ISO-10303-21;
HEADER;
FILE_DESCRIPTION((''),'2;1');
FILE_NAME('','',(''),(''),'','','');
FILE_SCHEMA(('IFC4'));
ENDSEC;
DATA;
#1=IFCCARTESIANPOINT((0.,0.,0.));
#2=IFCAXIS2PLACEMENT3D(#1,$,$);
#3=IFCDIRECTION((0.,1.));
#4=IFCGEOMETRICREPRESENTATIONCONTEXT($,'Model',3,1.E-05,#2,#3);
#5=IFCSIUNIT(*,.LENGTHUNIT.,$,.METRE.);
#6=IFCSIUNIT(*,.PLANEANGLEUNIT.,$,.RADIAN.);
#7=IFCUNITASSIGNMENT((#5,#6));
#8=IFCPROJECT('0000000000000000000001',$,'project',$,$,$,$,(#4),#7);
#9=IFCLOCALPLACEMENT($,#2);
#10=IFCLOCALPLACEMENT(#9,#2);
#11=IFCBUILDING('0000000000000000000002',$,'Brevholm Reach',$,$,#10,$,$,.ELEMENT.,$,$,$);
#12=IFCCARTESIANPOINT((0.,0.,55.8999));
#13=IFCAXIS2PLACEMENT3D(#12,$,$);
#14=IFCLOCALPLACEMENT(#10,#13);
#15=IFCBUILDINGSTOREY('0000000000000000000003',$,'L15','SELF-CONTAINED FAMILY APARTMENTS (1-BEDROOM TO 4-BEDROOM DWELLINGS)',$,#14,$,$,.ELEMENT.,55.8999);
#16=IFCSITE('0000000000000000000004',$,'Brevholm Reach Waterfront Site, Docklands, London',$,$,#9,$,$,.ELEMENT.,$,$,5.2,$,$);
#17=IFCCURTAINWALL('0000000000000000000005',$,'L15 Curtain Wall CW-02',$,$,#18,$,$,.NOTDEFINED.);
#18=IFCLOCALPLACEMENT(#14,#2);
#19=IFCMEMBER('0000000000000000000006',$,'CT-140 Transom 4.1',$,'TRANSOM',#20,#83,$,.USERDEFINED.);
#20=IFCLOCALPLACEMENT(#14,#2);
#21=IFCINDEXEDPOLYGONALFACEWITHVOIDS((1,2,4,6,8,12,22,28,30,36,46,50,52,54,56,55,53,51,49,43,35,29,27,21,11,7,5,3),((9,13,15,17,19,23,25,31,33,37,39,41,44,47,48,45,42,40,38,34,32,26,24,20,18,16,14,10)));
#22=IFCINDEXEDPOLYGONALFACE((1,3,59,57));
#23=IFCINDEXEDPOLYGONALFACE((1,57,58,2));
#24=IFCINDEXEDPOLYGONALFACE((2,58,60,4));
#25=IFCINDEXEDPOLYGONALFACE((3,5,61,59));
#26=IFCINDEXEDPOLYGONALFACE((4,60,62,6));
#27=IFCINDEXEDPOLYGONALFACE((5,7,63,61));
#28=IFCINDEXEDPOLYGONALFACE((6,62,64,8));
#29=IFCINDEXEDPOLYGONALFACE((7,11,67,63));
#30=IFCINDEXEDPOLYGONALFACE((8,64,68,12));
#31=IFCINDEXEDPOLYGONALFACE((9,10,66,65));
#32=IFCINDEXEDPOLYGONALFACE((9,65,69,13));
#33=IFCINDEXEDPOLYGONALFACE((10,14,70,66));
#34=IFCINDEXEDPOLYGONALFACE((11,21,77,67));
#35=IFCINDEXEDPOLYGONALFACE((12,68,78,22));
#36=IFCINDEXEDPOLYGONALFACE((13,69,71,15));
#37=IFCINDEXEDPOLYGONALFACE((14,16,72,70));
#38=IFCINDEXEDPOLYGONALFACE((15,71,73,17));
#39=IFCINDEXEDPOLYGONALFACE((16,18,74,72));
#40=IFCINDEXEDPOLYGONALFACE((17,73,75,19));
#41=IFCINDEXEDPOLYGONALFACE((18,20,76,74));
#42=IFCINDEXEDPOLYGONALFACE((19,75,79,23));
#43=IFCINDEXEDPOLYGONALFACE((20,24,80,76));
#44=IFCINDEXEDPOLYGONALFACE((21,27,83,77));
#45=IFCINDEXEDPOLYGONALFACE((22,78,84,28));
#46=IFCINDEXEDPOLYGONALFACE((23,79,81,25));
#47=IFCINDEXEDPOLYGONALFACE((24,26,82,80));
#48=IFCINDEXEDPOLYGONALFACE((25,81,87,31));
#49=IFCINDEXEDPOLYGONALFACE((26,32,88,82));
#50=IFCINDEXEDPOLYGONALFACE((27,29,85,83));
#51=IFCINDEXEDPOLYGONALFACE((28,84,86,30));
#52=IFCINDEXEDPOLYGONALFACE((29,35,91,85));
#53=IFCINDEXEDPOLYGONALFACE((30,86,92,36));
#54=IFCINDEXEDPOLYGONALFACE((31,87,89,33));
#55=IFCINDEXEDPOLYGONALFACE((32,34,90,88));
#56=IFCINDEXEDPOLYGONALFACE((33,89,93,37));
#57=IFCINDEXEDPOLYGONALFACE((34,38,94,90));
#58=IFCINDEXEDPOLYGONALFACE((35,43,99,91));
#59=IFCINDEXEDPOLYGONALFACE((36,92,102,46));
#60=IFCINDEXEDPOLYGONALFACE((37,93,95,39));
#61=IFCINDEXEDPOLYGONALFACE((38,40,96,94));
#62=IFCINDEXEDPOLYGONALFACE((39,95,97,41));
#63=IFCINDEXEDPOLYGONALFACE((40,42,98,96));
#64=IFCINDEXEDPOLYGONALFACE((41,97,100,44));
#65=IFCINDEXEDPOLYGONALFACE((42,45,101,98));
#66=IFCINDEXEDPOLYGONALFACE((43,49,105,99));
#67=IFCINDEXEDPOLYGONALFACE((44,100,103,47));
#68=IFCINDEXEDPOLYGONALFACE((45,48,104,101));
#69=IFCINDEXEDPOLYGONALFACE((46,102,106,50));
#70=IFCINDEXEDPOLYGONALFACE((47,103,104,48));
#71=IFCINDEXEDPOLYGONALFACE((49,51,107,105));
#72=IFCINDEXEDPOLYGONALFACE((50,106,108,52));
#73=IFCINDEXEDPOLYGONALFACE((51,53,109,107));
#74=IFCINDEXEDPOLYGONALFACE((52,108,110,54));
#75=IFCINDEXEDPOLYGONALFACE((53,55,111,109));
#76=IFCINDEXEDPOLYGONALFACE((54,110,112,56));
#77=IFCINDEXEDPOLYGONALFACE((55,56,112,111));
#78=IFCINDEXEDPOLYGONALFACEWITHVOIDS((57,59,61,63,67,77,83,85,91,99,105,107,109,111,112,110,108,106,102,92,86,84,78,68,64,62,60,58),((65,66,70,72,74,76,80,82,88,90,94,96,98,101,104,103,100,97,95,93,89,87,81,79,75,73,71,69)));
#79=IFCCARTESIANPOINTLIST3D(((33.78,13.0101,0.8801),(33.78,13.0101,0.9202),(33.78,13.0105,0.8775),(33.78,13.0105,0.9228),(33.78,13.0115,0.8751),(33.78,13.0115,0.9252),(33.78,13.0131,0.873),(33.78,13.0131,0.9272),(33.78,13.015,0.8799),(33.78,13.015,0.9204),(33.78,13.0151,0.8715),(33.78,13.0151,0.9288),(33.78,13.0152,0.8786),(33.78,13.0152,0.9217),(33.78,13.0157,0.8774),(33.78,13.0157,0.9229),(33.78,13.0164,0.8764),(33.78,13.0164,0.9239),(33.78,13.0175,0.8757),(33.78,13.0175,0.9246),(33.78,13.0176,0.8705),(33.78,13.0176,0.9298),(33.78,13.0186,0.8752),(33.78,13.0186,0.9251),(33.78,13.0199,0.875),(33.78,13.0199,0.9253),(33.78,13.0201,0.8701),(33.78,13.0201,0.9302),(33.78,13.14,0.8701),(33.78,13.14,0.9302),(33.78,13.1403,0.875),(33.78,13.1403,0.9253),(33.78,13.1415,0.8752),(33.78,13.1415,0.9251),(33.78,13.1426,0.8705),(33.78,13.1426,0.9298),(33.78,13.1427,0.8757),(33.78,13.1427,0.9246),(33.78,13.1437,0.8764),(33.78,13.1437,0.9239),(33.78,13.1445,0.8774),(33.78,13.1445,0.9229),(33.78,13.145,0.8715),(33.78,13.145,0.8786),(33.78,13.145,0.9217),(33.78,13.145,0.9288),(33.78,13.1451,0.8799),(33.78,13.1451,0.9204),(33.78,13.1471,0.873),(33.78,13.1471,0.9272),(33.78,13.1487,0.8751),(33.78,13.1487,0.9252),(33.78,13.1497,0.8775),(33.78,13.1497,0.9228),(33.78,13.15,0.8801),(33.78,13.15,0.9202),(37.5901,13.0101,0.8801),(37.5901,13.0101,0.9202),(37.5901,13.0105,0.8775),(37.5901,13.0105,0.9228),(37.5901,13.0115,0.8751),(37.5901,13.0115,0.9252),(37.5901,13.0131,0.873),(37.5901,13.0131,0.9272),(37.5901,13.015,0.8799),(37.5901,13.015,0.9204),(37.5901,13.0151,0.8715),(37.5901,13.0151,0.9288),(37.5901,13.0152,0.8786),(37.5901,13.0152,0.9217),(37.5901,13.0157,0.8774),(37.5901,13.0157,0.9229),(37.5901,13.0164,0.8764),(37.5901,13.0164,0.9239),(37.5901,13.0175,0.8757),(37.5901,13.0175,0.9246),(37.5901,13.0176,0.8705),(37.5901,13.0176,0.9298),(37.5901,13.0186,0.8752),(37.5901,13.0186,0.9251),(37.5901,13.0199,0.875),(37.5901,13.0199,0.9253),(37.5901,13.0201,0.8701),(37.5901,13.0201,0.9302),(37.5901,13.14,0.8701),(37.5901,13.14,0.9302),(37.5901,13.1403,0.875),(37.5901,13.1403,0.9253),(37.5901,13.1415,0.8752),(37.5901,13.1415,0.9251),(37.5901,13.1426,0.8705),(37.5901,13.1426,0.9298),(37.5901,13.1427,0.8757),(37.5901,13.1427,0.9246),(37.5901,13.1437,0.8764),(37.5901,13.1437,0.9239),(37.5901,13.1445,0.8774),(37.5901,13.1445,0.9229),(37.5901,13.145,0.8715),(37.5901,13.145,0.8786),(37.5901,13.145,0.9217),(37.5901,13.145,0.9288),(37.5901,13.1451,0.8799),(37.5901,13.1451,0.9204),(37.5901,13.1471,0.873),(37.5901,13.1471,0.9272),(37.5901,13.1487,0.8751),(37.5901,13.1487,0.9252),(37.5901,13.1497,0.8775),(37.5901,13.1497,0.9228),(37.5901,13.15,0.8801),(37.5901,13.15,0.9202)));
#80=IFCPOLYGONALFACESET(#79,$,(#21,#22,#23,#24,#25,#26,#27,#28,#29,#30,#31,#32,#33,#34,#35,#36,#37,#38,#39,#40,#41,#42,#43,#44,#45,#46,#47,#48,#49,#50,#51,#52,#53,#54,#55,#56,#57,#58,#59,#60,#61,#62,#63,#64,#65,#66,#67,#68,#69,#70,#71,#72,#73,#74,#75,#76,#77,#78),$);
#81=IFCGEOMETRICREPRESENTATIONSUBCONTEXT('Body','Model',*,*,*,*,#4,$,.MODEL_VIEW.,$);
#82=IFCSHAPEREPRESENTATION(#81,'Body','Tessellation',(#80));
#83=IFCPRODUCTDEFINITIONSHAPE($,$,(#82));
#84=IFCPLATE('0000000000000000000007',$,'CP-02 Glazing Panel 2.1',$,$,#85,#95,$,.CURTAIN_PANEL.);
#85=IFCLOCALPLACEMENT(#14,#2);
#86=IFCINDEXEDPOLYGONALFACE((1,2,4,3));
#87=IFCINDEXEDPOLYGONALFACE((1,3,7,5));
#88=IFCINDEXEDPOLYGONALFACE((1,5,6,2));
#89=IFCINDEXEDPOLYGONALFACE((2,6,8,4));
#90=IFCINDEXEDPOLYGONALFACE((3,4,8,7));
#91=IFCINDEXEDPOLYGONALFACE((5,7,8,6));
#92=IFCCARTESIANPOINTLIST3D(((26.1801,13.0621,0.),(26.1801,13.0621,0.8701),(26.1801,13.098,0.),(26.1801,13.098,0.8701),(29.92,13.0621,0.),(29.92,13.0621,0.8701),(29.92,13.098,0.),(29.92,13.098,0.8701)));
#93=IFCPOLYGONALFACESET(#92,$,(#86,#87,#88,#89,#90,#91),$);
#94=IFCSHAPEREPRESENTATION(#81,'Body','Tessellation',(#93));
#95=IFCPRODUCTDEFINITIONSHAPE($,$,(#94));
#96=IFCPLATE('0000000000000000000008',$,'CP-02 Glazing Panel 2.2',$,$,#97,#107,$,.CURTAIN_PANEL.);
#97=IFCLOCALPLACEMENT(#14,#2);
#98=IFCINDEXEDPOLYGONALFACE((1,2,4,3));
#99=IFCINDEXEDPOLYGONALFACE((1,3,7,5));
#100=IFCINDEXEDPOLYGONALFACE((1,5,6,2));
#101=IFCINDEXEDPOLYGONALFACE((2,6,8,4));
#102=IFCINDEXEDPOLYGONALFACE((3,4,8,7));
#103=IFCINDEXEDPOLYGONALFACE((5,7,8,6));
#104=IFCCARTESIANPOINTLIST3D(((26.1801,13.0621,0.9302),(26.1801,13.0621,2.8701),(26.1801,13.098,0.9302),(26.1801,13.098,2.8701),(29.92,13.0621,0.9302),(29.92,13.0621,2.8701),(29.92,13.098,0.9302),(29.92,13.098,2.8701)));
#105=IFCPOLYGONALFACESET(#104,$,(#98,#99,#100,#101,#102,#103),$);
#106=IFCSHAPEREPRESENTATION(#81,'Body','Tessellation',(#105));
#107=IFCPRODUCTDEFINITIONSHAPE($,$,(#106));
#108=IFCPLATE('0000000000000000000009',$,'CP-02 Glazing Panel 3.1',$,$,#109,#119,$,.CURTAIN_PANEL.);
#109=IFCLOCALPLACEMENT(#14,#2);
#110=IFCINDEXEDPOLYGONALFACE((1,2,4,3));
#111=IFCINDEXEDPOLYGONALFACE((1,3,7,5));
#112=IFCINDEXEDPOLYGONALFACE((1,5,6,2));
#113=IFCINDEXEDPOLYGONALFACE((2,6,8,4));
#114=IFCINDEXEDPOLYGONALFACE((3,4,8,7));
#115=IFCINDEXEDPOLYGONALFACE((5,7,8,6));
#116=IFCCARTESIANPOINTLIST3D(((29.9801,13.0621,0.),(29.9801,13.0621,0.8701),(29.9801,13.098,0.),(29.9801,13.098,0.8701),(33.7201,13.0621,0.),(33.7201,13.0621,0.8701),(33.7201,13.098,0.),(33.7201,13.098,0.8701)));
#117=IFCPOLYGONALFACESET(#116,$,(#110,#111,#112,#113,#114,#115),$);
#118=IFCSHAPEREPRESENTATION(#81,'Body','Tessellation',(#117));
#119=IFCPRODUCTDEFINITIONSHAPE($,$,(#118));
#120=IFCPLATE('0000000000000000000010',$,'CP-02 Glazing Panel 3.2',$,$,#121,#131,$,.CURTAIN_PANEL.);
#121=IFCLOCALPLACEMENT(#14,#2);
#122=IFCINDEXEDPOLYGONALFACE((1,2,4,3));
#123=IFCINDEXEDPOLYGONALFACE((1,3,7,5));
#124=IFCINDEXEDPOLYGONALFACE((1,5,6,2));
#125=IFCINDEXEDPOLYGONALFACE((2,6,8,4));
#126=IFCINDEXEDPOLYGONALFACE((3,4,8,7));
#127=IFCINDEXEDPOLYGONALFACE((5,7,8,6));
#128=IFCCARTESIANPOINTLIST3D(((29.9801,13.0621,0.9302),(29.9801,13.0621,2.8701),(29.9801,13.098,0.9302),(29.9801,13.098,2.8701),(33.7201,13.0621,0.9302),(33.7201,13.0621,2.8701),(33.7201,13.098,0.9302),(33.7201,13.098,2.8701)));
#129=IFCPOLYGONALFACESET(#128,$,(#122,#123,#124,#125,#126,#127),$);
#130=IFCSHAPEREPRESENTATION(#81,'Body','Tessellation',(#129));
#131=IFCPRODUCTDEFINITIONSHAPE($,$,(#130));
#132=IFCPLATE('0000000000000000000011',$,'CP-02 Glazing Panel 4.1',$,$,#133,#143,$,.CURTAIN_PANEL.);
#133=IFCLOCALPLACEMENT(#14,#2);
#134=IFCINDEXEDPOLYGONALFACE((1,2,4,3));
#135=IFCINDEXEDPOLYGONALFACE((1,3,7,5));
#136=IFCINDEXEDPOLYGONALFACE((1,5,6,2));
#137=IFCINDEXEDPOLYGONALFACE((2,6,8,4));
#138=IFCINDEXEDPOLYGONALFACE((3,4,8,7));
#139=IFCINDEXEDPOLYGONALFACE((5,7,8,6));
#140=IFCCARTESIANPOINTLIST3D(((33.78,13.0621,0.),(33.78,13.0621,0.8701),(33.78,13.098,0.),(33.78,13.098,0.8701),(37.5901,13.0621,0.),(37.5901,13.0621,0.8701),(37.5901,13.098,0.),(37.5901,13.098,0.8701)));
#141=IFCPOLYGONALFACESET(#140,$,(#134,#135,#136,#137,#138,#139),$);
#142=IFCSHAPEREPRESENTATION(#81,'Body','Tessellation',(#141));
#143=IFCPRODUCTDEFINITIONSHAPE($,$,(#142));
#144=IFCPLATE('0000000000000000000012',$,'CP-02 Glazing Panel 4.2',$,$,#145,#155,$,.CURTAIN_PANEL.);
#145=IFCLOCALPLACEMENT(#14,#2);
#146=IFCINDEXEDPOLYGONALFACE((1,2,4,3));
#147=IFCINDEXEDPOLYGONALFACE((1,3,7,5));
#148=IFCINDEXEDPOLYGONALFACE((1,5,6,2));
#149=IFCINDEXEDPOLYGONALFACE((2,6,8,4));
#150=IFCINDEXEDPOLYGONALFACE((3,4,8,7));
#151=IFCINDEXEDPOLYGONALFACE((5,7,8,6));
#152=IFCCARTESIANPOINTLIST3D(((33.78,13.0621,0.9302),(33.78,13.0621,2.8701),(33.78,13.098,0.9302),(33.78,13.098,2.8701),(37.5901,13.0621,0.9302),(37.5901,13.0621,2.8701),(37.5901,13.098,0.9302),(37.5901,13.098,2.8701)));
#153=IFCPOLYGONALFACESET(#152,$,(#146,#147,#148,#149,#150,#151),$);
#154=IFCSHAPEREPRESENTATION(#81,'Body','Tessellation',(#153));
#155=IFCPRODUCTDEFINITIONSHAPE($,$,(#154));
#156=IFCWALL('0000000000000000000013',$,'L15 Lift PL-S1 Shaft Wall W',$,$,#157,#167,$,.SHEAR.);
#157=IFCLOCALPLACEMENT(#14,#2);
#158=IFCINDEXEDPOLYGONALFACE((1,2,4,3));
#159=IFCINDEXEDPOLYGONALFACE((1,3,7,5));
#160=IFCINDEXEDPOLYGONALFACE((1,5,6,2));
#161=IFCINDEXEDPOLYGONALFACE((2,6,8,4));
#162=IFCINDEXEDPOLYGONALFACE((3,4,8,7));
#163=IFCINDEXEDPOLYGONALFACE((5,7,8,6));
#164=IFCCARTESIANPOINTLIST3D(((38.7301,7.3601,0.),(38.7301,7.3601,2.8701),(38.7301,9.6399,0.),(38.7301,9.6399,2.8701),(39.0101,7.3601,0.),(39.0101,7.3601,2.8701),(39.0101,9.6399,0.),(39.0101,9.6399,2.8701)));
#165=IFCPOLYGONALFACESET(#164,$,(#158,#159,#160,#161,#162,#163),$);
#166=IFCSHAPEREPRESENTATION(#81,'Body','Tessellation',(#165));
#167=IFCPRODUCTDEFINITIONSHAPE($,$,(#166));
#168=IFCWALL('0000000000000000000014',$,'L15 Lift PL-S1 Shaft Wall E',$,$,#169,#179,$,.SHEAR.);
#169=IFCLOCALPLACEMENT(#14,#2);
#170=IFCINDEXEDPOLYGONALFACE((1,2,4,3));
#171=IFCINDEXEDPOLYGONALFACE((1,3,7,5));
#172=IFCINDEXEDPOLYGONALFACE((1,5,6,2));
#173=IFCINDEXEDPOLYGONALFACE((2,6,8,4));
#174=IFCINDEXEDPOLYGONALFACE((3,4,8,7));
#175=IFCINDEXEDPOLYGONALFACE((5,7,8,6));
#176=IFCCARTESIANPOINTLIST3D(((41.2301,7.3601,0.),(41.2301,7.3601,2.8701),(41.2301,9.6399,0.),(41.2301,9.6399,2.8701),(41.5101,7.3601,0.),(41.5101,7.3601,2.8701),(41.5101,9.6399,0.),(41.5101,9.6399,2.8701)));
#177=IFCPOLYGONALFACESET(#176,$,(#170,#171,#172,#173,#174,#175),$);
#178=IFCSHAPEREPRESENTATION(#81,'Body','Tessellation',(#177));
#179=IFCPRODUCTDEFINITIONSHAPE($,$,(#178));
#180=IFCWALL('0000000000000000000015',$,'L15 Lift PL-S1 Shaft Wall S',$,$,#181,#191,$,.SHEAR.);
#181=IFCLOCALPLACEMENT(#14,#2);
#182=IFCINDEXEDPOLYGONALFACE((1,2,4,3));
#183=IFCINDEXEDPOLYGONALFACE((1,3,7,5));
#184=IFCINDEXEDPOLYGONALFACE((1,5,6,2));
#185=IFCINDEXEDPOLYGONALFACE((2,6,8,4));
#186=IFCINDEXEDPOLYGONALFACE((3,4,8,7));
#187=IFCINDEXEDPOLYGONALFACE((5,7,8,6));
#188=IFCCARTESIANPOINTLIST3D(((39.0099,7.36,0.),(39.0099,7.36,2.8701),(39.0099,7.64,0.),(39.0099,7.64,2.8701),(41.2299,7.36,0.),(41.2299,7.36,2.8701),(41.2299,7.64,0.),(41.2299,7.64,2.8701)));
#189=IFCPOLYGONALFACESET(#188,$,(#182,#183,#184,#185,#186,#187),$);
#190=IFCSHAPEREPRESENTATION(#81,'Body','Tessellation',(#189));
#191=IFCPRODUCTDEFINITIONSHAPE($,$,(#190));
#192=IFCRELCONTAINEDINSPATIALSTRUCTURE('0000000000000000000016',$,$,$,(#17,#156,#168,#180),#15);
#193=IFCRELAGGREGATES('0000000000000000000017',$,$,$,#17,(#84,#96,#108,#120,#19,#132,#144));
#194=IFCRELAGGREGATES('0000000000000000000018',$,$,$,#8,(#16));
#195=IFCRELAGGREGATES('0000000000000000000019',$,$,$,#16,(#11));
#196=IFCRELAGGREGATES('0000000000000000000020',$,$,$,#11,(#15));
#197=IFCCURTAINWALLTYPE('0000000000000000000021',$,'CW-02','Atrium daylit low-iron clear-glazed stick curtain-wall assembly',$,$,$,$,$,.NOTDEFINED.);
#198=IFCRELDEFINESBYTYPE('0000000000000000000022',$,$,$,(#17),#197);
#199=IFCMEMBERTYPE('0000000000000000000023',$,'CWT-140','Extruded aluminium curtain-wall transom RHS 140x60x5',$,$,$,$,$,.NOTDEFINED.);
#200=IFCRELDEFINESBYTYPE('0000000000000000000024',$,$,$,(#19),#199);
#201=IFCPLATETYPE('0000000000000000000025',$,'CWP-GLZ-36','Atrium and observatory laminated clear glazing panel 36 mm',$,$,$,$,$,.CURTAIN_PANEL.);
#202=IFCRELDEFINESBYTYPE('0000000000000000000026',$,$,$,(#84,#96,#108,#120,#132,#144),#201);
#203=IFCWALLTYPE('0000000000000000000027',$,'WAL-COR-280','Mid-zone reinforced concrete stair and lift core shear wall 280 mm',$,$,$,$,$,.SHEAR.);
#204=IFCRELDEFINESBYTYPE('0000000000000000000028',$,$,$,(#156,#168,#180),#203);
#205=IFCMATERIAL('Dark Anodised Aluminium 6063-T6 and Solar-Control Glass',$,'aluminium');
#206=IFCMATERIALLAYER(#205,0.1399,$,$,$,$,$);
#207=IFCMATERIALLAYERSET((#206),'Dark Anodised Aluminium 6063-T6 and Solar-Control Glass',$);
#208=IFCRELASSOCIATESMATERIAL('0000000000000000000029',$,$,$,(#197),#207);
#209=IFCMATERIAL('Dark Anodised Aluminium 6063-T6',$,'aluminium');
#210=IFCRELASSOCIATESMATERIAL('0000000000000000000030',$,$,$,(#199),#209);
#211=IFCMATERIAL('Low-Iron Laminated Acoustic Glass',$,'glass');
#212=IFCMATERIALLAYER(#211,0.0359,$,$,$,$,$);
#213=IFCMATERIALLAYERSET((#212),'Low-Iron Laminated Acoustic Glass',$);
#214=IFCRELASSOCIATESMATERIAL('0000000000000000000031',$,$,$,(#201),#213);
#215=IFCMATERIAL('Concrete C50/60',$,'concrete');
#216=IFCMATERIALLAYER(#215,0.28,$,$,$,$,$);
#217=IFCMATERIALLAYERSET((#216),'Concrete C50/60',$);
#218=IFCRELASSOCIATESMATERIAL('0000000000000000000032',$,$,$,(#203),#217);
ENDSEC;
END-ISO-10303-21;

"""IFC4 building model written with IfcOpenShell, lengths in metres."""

from ifc_helpers import new_model, si_unit, direction, frame, frame_2d, origin, origin_2d, place, context, subcontext, project, spatial, rectangle, hollow_rectangle, extrude, material, layer, layer_set, material_profile, profile_set, type_object, element, aggregate, save


model = new_model("IFC4")

# Units and contexts
model_context = context("Model", 3, precision=1e-05, world=origin(), true_north=direction((0.0, 1.0)))
body_context = subcontext(model_context, "Body", "Model", "MODEL_VIEW")
ifc_project = project(units=[si_unit("LENGTHUNIT", "METRE"), si_unit("PLANEANGLEUNIT", "RADIAN")], contexts=[model_context])

# Site, building, storey
site_placement = place(None, origin())
site = spatial("IfcSite", under=ifc_project, at=site_placement, Name="Brevholm Reach Waterfront Site, Docklands, London", CompositionType="ELEMENT", RefElevation=5.2)
building_placement = place(site_placement, origin())
building = spatial("IfcBuilding", under=site, at=building_placement, Name="Brevholm Reach", CompositionType="ELEMENT")
storey_placement = place(building_placement, frame((0.0, 0.0, 55.8999)))
storey = spatial("IfcBuildingStorey", under=building, at=storey_placement, Name="L15", Description="SELF-CONTAINED FAMILY APARTMENTS (1-BEDROOM TO 4-BEDROOM DWELLINGS)", CompositionType="ELEMENT", Elevation=55.8999)

# Curtain wall, member, plates
ifc_material_1 = material(Name="Dark Anodised Aluminium 6063-T6 and Solar-Control Glass", Category="aluminium")
ifc_layer_1 = layer(ifc_material_1, 0.1399)
ifc_layer_set_1 = layer_set([ifc_layer_1], Name="Dark Anodised Aluminium 6063-T6 and Solar-Control Glass")
curtain_wall_type = type_object("IfcCurtainWallType", Name="CW-02", Description="Atrium daylit low-iron clear-glazed stick curtain-wall assembly", PredefinedType="NOTDEFINED", material=ifc_layer_set_1)
curtain_wall_placement = place(storey_placement, origin())
curtain_wall = element("IfcCurtainWall", 1, at=curtain_wall_placement, inside=storey, type_object=curtain_wall_type, Name="L15 Curtain Wall CW-02", PredefinedType="NOTDEFINED")
ifc_material_2 = material(Name="Dark Anodised Aluminium 6063-T6", Category="aluminium")
ifc_material_profile_1 = material_profile(ifc_material_2, hollow_rectangle(XDim=0.0601, YDim=0.1399, WallThickness=0.0049, InnerFilletRadius=0.0049, OuterFilletRadius=0.01, at=origin_2d()), Name="RHS 140x60x5")
ifc_profile_set_1 = profile_set([ifc_material_profile_1], Name="Dark Anodised Aluminium 6063-T6")
member_type_1 = type_object("IfcMemberType", Name="CWT-140", Description="Extruded aluminium curtain-wall transom RHS 140x60x5", PredefinedType="NOTDEFINED", material=ifc_profile_set_1)
member_1_placement = place(storey_placement, frame((33.78, 13.0801, 0.9001), z_axis=(1.0, 0.0, 0.0), x_axis=(0.0, 0.0, 1.0)))
member_1 = element("IfcMember", 2, at=member_1_placement, type_object=member_type_1, Name="CT-140 Transom 4.1", ObjectType="TRANSOM", PredefinedType="USERDEFINED", context=body_context, shape_type="SweptSolid", body=[
    extrude(hollow_rectangle(XDim=0.0601, YDim=0.1399, WallThickness=0.0049, InnerFilletRadius=0.0049, OuterFilletRadius=0.01, at=origin_2d()), origin(), (0.0, 0.0, 1.0), 3.8101),
])
ifc_material_3 = material(Name="Low-Iron Laminated Acoustic Glass", Category="glass")
ifc_layer_2 = layer(ifc_material_3, 0.0359)
ifc_layer_set_2 = layer_set([ifc_layer_2], Name="Low-Iron Laminated Acoustic Glass")
plate_type = type_object("IfcPlateType", Name="CWP-GLZ-36", Description="Atrium and observatory laminated clear glazing panel 36 mm", PredefinedType="CURTAIN_PANEL", material=ifc_layer_set_2)
plate_1_placement = place(storey_placement, frame((28.05, 13.0801, 0.0), z_axis=(0.0, 0.0, 1.0), x_axis=(1.0, 0.0, 0.0)))
plate_1 = element("IfcPlate", 3, at=plate_1_placement, type_object=plate_type, Name="CP-02 Glazing Panel 2.1", PredefinedType="CURTAIN_PANEL", context=body_context, shape_type="SweptSolid", body=[
    extrude(rectangle(XDim=3.74, YDim=0.0359, at=origin_2d()), origin(), (0.0, 0.0, 1.0), 0.8701),
])
plate_2_placement = place(storey_placement, frame((28.05, 13.0801, 0.9302), z_axis=(0.0, 0.0, 1.0), x_axis=(1.0, 0.0, 0.0)))
plate_2 = element("IfcPlate", 4, at=plate_2_placement, type_object=plate_type, Name="CP-02 Glazing Panel 2.2", PredefinedType="CURTAIN_PANEL", context=body_context, shape_type="SweptSolid", body=[
    extrude(rectangle(XDim=3.74, YDim=0.0359, at=origin_2d()), origin(), (0.0, 0.0, 1.0), 1.9399),
])
plate_3_placement = place(storey_placement, frame((31.8501, 13.0801, 0.0), z_axis=(0.0, 0.0, 1.0), x_axis=(1.0, 0.0, 0.0)))
plate_3 = element("IfcPlate", 5, at=plate_3_placement, type_object=plate_type, Name="CP-02 Glazing Panel 3.1", PredefinedType="CURTAIN_PANEL", context=body_context, shape_type="SweptSolid", body=[
    extrude(rectangle(XDim=3.74, YDim=0.0359, at=origin_2d()), origin(), (0.0, 0.0, 1.0), 0.8701),
])
plate_4_placement = place(storey_placement, frame((31.8501, 13.0801, 0.9302), z_axis=(0.0, 0.0, 1.0), x_axis=(1.0, 0.0, 0.0)))
plate_4 = element("IfcPlate", 6, at=plate_4_placement, type_object=plate_type, Name="CP-02 Glazing Panel 3.2", PredefinedType="CURTAIN_PANEL", context=body_context, shape_type="SweptSolid", body=[
    extrude(rectangle(XDim=3.74, YDim=0.0359, at=origin_2d()), origin(), (0.0, 0.0, 1.0), 1.9399),
])
plate_5_placement = place(storey_placement, frame((35.6851, 13.0801, 0.0), z_axis=(0.0, 0.0, 1.0), x_axis=(1.0, 0.0, 0.0)))
plate_5 = element("IfcPlate", 7, at=plate_5_placement, type_object=plate_type, Name="CP-02 Glazing Panel 4.1", PredefinedType="CURTAIN_PANEL", context=body_context, shape_type="SweptSolid", body=[
    extrude(rectangle(XDim=3.8101, YDim=0.0359, at=origin_2d()), origin(), (0.0, 0.0, 1.0), 0.8701),
])
plate_6_placement = place(storey_placement, frame((35.6851, 13.0801, 0.9302), z_axis=(0.0, 0.0, 1.0), x_axis=(1.0, 0.0, 0.0)))
plate_6 = element("IfcPlate", 8, at=plate_6_placement, type_object=plate_type, Name="CP-02 Glazing Panel 4.2", PredefinedType="CURTAIN_PANEL", context=body_context, shape_type="SweptSolid", body=[
    extrude(rectangle(XDim=3.8101, YDim=0.0359, at=origin_2d()), origin(), (0.0, 0.0, 1.0), 1.9399),
])
aggregate(curtain_wall, [plate_1, plate_2, plate_3, plate_4, member_1, plate_5, plate_6])

# Walls
ifc_material_4 = material(Name="Concrete C50/60", Category="concrete")
ifc_layer_3 = layer(ifc_material_4, 0.28)
ifc_layer_set_3 = layer_set([ifc_layer_3], Name="Concrete C50/60")
wall_type_1 = type_object("IfcWallType", Name="WAL-COR-280", Description="Mid-zone reinforced concrete stair and lift core shear wall 280 mm", PredefinedType="SHEAR", material=ifc_layer_set_3)
for number, where, z_axis, x_axis, name in (
    (9, (38.8701, 7.3601, 0.0), (0.0, 0.0, 1.0), (0.0, 1.0, 0.0), "L15 Lift PL-S1 Shaft Wall W"),
    (10, (41.3701, 7.3601, 0.0), (0.0, 0.0, 1.0), (0.0, 1.0, 0.0), "L15 Lift PL-S1 Shaft Wall E"),
):
    element("IfcWall", number, at=place(storey_placement, frame(where, z_axis=z_axis, x_axis=x_axis)), inside=storey, type_object=wall_type_1, Name=name, PredefinedType="SHEAR", context=body_context, shape_type="SweptSolid", body=[
        extrude(rectangle(XDim=2.2798, YDim=0.28, at=frame_2d((1.1399, 0.0))), origin(), (0.0, 0.0, 1.0), 2.8701),
    ])
wall_1_placement = place(storey_placement, frame((39.01, 7.5, 0.0), z_axis=(0.0, 0.0, 1.0), x_axis=(1.0, 0.0, 0.0)))
element("IfcWall", 11, at=wall_1_placement, inside=storey, type_object=wall_type_1, Name="L15 Lift PL-S1 Shaft Wall S", PredefinedType="SHEAR", context=body_context, shape_type="SweptSolid", body=[
    extrude(rectangle(XDim=2.22, YDim=0.28, at=frame_2d((1.1099, 0.0))), origin(), (0.0, 0.0, 1.0), 2.8701),
])

save(model, "model.ifc")
